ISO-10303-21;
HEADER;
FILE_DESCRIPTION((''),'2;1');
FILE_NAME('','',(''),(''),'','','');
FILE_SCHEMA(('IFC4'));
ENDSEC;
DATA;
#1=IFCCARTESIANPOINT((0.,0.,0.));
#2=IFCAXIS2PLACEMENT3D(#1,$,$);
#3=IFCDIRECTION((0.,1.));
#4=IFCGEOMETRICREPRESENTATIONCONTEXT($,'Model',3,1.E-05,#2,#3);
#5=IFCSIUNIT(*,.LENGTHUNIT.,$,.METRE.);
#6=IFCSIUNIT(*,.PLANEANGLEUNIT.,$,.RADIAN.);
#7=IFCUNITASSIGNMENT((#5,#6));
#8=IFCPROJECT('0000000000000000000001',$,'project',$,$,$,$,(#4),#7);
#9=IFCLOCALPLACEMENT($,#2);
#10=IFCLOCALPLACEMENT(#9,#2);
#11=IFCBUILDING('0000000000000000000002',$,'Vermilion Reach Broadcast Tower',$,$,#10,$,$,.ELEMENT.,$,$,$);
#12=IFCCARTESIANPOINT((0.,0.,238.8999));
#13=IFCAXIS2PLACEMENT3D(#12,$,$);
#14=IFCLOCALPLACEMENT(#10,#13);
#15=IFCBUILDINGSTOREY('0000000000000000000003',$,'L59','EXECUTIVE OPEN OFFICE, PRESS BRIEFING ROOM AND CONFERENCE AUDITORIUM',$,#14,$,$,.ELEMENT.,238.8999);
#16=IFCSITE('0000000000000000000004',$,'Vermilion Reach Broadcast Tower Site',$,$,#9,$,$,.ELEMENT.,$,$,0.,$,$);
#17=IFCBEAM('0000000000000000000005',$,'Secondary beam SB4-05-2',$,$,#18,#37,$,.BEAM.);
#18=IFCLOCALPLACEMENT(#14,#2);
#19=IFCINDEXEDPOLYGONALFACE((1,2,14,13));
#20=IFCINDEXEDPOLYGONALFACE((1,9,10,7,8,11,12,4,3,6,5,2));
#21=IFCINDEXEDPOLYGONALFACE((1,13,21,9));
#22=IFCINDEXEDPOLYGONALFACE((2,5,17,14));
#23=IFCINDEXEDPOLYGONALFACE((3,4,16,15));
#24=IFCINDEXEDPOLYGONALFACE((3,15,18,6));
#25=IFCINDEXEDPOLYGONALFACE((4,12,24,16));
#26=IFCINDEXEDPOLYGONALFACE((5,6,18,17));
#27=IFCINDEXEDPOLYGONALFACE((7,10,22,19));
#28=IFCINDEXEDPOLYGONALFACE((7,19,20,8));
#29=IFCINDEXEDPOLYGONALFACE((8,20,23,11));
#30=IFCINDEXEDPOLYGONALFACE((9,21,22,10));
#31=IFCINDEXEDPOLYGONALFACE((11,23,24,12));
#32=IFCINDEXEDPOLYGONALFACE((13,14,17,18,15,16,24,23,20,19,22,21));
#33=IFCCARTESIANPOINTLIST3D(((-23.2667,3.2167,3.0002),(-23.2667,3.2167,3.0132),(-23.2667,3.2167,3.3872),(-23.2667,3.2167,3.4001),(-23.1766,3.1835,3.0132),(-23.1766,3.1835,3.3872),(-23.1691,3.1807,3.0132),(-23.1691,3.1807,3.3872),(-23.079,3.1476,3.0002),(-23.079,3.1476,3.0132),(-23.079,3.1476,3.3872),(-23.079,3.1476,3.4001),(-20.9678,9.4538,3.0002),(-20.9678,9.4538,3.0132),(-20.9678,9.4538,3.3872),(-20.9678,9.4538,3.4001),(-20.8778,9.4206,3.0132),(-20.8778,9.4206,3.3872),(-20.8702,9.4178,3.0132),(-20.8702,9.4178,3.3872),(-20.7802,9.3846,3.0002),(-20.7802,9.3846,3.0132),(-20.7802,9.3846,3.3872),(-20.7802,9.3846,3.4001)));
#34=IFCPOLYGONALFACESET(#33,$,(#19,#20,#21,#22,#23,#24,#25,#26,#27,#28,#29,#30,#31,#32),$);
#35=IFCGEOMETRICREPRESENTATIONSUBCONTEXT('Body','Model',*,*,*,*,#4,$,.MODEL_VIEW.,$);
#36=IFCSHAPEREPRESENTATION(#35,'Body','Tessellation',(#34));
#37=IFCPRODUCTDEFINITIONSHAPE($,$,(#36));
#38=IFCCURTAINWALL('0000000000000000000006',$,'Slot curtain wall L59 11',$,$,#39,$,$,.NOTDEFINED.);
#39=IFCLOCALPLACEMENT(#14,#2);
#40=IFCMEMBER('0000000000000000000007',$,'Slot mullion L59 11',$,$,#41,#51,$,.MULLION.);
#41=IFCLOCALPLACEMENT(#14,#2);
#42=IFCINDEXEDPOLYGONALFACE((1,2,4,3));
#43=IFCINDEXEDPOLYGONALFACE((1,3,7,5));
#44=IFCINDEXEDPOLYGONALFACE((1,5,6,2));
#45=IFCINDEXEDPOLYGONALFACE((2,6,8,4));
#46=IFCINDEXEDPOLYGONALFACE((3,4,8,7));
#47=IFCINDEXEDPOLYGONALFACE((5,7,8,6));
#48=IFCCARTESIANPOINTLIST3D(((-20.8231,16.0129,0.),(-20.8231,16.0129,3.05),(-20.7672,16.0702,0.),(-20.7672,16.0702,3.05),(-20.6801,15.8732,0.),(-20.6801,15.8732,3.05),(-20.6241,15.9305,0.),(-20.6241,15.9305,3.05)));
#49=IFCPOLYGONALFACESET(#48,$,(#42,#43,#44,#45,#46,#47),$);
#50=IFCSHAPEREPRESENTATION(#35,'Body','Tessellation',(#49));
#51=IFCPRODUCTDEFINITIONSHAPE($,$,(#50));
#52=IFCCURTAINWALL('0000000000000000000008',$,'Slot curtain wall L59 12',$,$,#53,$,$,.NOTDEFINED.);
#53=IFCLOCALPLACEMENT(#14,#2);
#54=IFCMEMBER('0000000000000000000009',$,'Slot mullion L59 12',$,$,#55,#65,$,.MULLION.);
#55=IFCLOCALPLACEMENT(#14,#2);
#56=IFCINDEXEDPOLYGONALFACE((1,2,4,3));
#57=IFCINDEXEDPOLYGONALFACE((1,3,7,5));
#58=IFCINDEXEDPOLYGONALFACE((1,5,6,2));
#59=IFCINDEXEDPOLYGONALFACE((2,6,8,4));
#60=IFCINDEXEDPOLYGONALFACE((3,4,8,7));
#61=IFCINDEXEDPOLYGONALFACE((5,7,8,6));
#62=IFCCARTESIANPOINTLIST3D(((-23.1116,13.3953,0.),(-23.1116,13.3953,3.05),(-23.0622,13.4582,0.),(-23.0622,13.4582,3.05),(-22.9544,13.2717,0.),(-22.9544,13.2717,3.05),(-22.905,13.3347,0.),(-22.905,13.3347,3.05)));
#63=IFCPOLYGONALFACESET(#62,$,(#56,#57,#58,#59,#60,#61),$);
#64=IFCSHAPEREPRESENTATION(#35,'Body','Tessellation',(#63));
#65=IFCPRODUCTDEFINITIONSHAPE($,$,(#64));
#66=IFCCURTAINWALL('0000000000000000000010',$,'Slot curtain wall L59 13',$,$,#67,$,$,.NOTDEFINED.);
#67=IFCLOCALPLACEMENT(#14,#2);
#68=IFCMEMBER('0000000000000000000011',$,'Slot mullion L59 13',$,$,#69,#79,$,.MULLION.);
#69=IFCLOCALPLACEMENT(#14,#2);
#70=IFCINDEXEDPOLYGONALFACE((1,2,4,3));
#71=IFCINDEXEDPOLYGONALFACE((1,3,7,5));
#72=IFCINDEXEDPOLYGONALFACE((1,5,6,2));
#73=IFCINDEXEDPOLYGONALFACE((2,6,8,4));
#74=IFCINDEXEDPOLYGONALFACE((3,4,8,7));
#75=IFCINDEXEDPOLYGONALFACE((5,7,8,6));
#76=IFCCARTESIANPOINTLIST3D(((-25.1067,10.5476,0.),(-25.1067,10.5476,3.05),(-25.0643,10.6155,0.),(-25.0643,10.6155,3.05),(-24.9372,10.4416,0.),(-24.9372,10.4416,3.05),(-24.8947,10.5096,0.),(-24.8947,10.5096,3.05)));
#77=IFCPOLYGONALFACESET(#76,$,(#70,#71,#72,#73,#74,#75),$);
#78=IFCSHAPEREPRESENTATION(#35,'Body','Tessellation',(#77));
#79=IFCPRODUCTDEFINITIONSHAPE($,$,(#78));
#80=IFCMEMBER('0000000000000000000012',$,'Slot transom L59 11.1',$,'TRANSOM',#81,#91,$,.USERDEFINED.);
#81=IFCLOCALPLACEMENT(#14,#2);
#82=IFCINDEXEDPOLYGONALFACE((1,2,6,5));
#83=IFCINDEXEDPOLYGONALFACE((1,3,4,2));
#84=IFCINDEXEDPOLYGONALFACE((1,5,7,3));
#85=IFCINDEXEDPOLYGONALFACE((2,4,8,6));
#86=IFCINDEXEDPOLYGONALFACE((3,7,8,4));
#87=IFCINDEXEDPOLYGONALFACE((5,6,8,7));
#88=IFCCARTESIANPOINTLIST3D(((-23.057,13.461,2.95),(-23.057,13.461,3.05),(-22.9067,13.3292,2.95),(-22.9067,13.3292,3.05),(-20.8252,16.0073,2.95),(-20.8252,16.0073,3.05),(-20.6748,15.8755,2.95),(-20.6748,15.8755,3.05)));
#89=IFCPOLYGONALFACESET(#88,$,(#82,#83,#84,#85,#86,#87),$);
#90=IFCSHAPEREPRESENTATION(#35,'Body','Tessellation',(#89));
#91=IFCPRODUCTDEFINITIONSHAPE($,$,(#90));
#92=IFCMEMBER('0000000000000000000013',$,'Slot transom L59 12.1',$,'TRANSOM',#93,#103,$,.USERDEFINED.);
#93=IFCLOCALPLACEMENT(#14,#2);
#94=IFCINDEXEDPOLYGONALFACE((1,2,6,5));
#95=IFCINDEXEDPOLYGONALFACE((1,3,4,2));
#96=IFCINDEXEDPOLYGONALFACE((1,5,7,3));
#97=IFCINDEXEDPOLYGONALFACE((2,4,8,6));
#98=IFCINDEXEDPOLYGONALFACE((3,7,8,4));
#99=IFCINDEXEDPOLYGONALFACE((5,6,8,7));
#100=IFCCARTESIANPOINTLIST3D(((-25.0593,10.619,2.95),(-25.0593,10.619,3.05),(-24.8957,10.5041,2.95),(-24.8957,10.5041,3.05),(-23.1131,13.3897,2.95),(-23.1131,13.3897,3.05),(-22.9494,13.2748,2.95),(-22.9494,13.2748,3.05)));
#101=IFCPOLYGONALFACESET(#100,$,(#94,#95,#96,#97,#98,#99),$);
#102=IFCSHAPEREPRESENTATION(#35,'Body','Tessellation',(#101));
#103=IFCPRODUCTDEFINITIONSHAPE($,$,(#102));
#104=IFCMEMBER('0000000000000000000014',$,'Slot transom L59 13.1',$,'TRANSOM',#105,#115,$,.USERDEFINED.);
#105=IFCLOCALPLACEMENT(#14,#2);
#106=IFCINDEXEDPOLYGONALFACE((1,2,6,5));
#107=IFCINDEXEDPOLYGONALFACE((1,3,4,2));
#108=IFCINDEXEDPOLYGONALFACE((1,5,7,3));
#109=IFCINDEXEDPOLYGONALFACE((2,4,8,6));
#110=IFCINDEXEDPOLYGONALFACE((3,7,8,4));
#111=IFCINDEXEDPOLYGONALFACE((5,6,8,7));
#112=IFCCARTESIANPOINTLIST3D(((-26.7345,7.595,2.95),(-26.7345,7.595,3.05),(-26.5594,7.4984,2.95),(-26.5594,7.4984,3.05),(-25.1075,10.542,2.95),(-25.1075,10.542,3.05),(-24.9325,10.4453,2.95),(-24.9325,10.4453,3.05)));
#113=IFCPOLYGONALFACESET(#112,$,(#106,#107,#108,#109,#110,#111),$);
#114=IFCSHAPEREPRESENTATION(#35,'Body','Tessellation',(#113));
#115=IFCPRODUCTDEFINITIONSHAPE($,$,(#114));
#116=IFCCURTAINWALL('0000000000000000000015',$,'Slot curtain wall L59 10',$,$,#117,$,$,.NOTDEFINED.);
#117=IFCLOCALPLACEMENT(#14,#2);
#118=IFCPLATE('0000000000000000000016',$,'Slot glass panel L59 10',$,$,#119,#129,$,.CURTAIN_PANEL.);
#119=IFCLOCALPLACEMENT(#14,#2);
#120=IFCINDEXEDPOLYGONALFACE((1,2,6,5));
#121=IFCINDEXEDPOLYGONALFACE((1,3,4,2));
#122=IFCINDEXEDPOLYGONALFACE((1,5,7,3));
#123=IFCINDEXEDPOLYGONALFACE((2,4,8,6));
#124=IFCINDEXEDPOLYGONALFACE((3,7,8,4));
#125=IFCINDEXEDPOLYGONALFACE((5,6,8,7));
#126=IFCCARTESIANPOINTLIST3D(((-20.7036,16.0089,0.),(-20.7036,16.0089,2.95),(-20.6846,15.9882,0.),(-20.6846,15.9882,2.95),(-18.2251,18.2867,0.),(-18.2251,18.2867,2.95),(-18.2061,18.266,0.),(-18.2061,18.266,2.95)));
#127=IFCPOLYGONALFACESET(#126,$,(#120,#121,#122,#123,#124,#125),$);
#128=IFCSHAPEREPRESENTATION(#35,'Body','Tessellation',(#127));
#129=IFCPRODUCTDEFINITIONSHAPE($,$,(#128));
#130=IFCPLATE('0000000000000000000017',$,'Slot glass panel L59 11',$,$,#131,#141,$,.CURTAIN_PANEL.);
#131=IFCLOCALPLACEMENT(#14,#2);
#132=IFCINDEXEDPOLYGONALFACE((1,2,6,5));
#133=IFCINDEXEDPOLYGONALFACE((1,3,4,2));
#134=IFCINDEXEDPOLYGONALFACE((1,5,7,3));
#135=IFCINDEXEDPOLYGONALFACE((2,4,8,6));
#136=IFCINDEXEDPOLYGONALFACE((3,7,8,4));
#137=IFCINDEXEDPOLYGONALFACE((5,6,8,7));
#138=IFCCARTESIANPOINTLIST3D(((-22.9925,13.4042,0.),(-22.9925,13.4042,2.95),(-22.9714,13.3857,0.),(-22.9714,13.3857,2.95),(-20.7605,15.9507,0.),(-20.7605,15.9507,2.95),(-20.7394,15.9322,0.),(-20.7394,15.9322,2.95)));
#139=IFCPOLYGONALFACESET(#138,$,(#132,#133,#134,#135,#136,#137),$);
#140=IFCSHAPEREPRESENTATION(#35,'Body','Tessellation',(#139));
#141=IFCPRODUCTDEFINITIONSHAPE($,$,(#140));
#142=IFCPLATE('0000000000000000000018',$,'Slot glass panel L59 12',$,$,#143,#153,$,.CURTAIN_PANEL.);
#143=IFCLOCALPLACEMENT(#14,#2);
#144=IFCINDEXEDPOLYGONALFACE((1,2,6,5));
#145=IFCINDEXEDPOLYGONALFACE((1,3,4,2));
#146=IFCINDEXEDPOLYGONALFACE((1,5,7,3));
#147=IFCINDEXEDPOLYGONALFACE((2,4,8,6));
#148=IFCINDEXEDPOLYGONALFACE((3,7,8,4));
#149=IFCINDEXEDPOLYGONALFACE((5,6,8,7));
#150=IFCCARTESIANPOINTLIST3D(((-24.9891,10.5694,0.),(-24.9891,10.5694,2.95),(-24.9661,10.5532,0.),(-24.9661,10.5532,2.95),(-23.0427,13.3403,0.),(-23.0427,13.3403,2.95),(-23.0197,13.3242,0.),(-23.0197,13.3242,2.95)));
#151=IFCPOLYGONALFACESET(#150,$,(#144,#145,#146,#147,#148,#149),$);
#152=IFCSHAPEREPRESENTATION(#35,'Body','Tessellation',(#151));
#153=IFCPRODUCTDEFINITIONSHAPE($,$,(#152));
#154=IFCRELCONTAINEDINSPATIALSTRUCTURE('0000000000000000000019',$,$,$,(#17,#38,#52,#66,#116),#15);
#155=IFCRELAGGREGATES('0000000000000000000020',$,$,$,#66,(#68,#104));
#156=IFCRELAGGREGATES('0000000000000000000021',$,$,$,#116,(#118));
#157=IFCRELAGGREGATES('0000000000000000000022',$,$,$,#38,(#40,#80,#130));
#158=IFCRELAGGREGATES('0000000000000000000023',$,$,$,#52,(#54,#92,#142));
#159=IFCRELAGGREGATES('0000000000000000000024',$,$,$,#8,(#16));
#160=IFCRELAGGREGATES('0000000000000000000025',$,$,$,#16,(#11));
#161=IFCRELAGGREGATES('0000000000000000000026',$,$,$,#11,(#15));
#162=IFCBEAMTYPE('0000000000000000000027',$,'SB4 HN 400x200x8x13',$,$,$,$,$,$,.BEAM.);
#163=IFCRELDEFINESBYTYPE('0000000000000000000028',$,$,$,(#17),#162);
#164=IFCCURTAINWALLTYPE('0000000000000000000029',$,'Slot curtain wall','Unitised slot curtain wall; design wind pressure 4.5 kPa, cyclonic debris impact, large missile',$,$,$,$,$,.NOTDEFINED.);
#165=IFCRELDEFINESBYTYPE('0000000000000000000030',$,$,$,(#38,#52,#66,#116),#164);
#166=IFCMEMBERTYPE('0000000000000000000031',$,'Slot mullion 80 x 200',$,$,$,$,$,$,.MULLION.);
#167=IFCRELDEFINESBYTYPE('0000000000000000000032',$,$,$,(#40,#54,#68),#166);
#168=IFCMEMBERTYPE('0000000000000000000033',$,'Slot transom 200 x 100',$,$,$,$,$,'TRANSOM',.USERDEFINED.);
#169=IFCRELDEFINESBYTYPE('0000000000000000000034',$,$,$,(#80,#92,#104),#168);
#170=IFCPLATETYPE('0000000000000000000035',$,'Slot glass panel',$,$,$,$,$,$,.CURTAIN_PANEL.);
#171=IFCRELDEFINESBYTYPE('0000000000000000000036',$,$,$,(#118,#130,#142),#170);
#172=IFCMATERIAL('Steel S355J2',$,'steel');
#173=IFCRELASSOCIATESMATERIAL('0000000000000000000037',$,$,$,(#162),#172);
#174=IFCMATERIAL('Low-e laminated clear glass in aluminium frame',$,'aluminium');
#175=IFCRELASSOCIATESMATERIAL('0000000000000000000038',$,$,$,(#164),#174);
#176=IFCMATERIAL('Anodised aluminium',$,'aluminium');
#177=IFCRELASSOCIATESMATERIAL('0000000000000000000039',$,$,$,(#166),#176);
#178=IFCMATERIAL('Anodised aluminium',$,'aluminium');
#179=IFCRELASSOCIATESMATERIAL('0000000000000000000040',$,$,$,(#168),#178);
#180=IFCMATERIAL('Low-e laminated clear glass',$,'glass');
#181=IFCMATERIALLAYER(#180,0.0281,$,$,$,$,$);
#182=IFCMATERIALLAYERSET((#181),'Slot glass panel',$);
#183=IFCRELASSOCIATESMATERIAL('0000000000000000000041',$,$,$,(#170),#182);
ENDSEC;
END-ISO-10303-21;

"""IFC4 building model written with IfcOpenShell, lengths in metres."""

from ifc_helpers import new_model, si_unit, direction, frame, origin, origin_2d, place, context, subcontext, project, spatial, rectangle, i_section, extrude, material, layer, layer_set, material_profile, profile_set, type_object, element, aggregate, save


model = new_model("IFC4")

# Units and contexts
model_context = context("Model", 3, precision=1e-05, world=origin(), true_north=direction((0.0, 1.0)))
body_context = subcontext(model_context, "Body", "Model", "MODEL_VIEW")
ifc_project = project(units=[si_unit("LENGTHUNIT", "METRE"), si_unit("PLANEANGLEUNIT", "RADIAN")], contexts=[model_context])

# Site, building, storey
site_placement = place(None, origin())
site = spatial("IfcSite", under=ifc_project, at=site_placement, Name="Vermilion Reach Broadcast Tower Site", CompositionType="ELEMENT", RefElevation=0.0)
building_placement = place(site_placement, origin())
building = spatial("IfcBuilding", under=site, at=building_placement, Name="Vermilion Reach Broadcast Tower", CompositionType="ELEMENT")
storey_placement = place(building_placement, frame((0.0, 0.0, 238.8999)))
storey = spatial("IfcBuildingStorey", under=building, at=storey_placement, Name="L59", Description="EXECUTIVE OPEN OFFICE, PRESS BRIEFING ROOM AND CONFERENCE AUDITORIUM", CompositionType="ELEMENT", Elevation=238.8999)

# Beam
ifc_material_1 = material(Name="Steel S355J2", Category="steel")
ifc_material_profile_1 = material_profile(ifc_material_1, i_section(OverallWidth=0.2, OverallDepth=0.3999, WebThickness=0.0081, FlangeThickness=0.0129, at=origin_2d()), Name="S355J2 HN 400x200x8x13")
ifc_profile_set_1 = profile_set([ifc_material_profile_1], Name="Steel S355J2")
beam_type_1 = type_object("IfcBeamType", Name="SB4 HN 400x200x8x13", PredefinedType="BEAM", material=ifc_profile_set_1)
beam_1_placement = place(storey_placement, frame((-20.874, 9.4192, 3.2002), z_axis=(-0.345833, -0.938296, 0.0), x_axis=(0.938296, -0.345833, 0.0)))
element("IfcBeam", 1, at=beam_1_placement, inside=storey, type_object=beam_type_1, Name="Secondary beam SB4-05-2", PredefinedType="BEAM", context=body_context, shape_type="SweptSolid", body=[
    extrude(i_section(OverallWidth=0.2, OverallDepth=0.3999, WebThickness=0.0081, FlangeThickness=0.0129, at=origin_2d()), origin(), (0.0, 0.0, 1.0), 6.6472),
])

# Curtain walls, members
ifc_material_2 = material(Name="Low-e laminated clear glass in aluminium frame", Category="aluminium")
curtain_wall_type = type_object("IfcCurtainWallType", Name="Slot curtain wall", Description="Unitised slot curtain wall; design wind pressure 4.5 kPa, cyclonic debris impact, large missile", PredefinedType="NOTDEFINED", material=ifc_material_2)
placement = place(storey_placement, origin())
curtain_wall_1 = element("IfcCurtainWall", 2, at=placement, inside=storey, type_object=curtain_wall_type, Name="Slot curtain wall L59 11", PredefinedType="NOTDEFINED")
ifc_material_3 = material(Name="Anodised aluminium", Category="aluminium")
ifc_material_profile_2 = material_profile(ifc_material_3, rectangle(XDim=0.2, YDim=0.0801, at=origin_2d()), Name="Slot mullion 80 x 200")
ifc_profile_set_2 = profile_set([ifc_material_profile_2], Name="Anodised aluminium")
member_type_1 = type_object("IfcMemberType", Name="Slot mullion 80 x 200", PredefinedType="MULLION", material=ifc_profile_set_2)
member_1_placement = place(storey_placement, frame((-20.7236, 15.9717, 0.0), z_axis=(0.0, 0.0, 1.0), x_axis=(0.715377, -0.698739, 0.0)))
member_1 = element("IfcMember", 3, at=member_1_placement, type_object=member_type_1, Name="Slot mullion L59 11", PredefinedType="MULLION", context=body_context, shape_type="SweptSolid", body=[
    extrude(rectangle(XDim=0.2, YDim=0.0801, at=origin_2d()), origin(), (0.0, 0.0, 1.0), 3.05),
])
curtain_wall_2 = element("IfcCurtainWall", 4, at=placement, inside=storey, type_object=curtain_wall_type, Name="Slot curtain wall L59 12", PredefinedType="NOTDEFINED")
member_2_placement = place(storey_placement, frame((-23.0083, 13.365, 0.0), z_axis=(0.0, 0.0, 1.0), x_axis=(0.786288, -0.61786, 0.0)))
member_2 = element("IfcMember", 5, at=member_2_placement, type_object=member_type_1, Name="Slot mullion L59 12", PredefinedType="MULLION", context=body_context, shape_type="SweptSolid", body=[
    extrude(rectangle(XDim=0.2, YDim=0.0801, at=origin_2d()), origin(), (0.0, 0.0, 1.0), 3.05),
])
curtain_wall_3 = element("IfcCurtainWall", 6, at=placement, inside=storey, type_object=curtain_wall_type, Name="Slot curtain wall L59 13", PredefinedType="NOTDEFINED")
member_3_placement = place(storey_placement, frame((-25.0007, 10.5286, 0.0), z_axis=(0.0, 0.0, 1.0), x_axis=(0.848103, -0.529831, 0.0)))
member_3 = element("IfcMember", 7, at=member_3_placement, type_object=member_type_1, Name="Slot mullion L59 13", PredefinedType="MULLION", context=body_context, shape_type="SweptSolid", body=[
    extrude(rectangle(XDim=0.2, YDim=0.0801, at=origin_2d()), origin(), (0.0, 0.0, 1.0), 3.05),
])

# Members
ifc_material_4 = material(Name="Anodised aluminium", Category="aluminium")
ifc_material_profile_3 = material_profile(ifc_material_4, rectangle(XDim=0.2, YDim=0.1001, at=origin_2d()), Name="Slot transom 200 x 100")
ifc_profile_set_3 = profile_set([ifc_material_profile_3], Name="Anodised aluminium")
member_type_2 = type_object("IfcMemberType", Name="Slot transom 200 x 100", ElementType="TRANSOM", PredefinedType="USERDEFINED", material=ifc_profile_set_3)
member_4_placement = place(storey_placement, frame((-20.75, 15.9414, 3.0), z_axis=(-0.659148, -0.752014, 0.0), x_axis=(0.752014, -0.659148, 0.0)))
member_4 = element("IfcMember", 8, at=member_4_placement, type_object=member_type_2, Name="Slot transom L59 11.1", ObjectType="TRANSOM", PredefinedType="USERDEFINED", context=body_context, shape_type="SweptSolid", body=[
    extrude(rectangle(XDim=0.2, YDim=0.1001, at=origin_2d()), origin(), (0.0, 0.0, 1.0), 3.386),
])
member_5_placement = place(storey_placement, frame((-23.0312, 13.3323, 3.0), z_axis=(-0.574802, -0.818293, 0.0), x_axis=(0.818293, -0.574802, 0.0)))
member_5 = element("IfcMember", 9, at=member_5_placement, type_object=member_type_2, Name="Slot transom L59 12.1", ObjectType="TRANSOM", PredefinedType="USERDEFINED", context=body_context, shape_type="SweptSolid", body=[
    extrude(rectangle(XDim=0.2, YDim=0.1001, at=origin_2d()), origin(), (0.0, 0.0, 1.0), 3.386),
])
member_6_placement = place(storey_placement, frame((-25.02, 10.4937, 3.0), z_axis=(-0.483307, -0.875451, 0.0), x_axis=(0.875451, -0.483307, 0.0)))
member_6 = element("IfcMember", 10, at=member_6_placement, type_object=member_type_2, Name="Slot transom L59 13.1", ObjectType="TRANSOM", PredefinedType="USERDEFINED", context=body_context, shape_type="SweptSolid", body=[
    extrude(rectangle(XDim=0.2, YDim=0.1001, at=origin_2d()), origin(), (0.0, 0.0, 1.0), 3.3662),
])
aggregate(curtain_wall_3, [member_3, member_6])

# Curtain wall, plate
curtain_wall_4 = element("IfcCurtainWall", 11, at=placement, inside=storey, type_object=curtain_wall_type, Name="Slot curtain wall L59 10", PredefinedType="NOTDEFINED")
ifc_material_5 = material(Name="Low-e laminated clear glass", Category="glass")
ifc_layer_1 = layer(ifc_material_5, 0.0281)
ifc_layer_set_1 = layer_set([ifc_layer_1], Name="Slot glass panel")
plate_type = type_object("IfcPlateType", Name="Slot glass panel", PredefinedType="CURTAIN_PANEL", material=ifc_layer_set_1)
plate_1_placement = place(storey_placement, frame((-19.4548, 17.1375, 0.0), z_axis=(0.0, 0.0, 1.0), x_axis=(-0.736304, -0.676651, 0.0)))
plate_1 = element("IfcPlate", 12, at=plate_1_placement, type_object=plate_type, Name="Slot glass panel L59 10", PredefinedType="CURTAIN_PANEL", context=body_context, shape_type="SweptSolid", body=[
    extrude(rectangle(XDim=3.3662, YDim=0.0281, at=origin_2d()), origin(), (0.0, 0.0, 1.0), 2.95),
])
aggregate(curtain_wall_4, [plate_1])

# Plates
plate_2_placement = place(storey_placement, frame((-21.866, 14.6682, 0.0), z_axis=(0.0, 0.0, 1.0), x_axis=(-0.65914, -0.75202, 0.0)))
plate_2 = element("IfcPlate", 13, at=plate_2_placement, type_object=plate_type, Name="Slot glass panel L59 11", PredefinedType="CURTAIN_PANEL", context=body_context, shape_type="SweptSolid", body=[
    extrude(rectangle(XDim=3.3862, YDim=0.0281, at=origin_2d()), origin(), (0.0, 0.0, 1.0), 2.95),
])
aggregate(curtain_wall_1, [member_1, member_4, plate_2])
plate_3_placement = place(storey_placement, frame((-24.0044, 11.9468, 0.0), z_axis=(0.0, 0.0, 1.0), x_axis=(-0.574801, -0.818293, 0.0)))
plate_3 = element("IfcPlate", 14, at=plate_3_placement, type_object=plate_type, Name="Slot glass panel L59 12", PredefinedType="CURTAIN_PANEL", context=body_context, shape_type="SweptSolid", body=[
    extrude(rectangle(XDim=3.3862, YDim=0.0281, at=origin_2d()), origin(), (0.0, 0.0, 1.0), 2.95),
])
aggregate(curtain_wall_2, [member_2, member_5, plate_3])

save(model, "model.ifc")
